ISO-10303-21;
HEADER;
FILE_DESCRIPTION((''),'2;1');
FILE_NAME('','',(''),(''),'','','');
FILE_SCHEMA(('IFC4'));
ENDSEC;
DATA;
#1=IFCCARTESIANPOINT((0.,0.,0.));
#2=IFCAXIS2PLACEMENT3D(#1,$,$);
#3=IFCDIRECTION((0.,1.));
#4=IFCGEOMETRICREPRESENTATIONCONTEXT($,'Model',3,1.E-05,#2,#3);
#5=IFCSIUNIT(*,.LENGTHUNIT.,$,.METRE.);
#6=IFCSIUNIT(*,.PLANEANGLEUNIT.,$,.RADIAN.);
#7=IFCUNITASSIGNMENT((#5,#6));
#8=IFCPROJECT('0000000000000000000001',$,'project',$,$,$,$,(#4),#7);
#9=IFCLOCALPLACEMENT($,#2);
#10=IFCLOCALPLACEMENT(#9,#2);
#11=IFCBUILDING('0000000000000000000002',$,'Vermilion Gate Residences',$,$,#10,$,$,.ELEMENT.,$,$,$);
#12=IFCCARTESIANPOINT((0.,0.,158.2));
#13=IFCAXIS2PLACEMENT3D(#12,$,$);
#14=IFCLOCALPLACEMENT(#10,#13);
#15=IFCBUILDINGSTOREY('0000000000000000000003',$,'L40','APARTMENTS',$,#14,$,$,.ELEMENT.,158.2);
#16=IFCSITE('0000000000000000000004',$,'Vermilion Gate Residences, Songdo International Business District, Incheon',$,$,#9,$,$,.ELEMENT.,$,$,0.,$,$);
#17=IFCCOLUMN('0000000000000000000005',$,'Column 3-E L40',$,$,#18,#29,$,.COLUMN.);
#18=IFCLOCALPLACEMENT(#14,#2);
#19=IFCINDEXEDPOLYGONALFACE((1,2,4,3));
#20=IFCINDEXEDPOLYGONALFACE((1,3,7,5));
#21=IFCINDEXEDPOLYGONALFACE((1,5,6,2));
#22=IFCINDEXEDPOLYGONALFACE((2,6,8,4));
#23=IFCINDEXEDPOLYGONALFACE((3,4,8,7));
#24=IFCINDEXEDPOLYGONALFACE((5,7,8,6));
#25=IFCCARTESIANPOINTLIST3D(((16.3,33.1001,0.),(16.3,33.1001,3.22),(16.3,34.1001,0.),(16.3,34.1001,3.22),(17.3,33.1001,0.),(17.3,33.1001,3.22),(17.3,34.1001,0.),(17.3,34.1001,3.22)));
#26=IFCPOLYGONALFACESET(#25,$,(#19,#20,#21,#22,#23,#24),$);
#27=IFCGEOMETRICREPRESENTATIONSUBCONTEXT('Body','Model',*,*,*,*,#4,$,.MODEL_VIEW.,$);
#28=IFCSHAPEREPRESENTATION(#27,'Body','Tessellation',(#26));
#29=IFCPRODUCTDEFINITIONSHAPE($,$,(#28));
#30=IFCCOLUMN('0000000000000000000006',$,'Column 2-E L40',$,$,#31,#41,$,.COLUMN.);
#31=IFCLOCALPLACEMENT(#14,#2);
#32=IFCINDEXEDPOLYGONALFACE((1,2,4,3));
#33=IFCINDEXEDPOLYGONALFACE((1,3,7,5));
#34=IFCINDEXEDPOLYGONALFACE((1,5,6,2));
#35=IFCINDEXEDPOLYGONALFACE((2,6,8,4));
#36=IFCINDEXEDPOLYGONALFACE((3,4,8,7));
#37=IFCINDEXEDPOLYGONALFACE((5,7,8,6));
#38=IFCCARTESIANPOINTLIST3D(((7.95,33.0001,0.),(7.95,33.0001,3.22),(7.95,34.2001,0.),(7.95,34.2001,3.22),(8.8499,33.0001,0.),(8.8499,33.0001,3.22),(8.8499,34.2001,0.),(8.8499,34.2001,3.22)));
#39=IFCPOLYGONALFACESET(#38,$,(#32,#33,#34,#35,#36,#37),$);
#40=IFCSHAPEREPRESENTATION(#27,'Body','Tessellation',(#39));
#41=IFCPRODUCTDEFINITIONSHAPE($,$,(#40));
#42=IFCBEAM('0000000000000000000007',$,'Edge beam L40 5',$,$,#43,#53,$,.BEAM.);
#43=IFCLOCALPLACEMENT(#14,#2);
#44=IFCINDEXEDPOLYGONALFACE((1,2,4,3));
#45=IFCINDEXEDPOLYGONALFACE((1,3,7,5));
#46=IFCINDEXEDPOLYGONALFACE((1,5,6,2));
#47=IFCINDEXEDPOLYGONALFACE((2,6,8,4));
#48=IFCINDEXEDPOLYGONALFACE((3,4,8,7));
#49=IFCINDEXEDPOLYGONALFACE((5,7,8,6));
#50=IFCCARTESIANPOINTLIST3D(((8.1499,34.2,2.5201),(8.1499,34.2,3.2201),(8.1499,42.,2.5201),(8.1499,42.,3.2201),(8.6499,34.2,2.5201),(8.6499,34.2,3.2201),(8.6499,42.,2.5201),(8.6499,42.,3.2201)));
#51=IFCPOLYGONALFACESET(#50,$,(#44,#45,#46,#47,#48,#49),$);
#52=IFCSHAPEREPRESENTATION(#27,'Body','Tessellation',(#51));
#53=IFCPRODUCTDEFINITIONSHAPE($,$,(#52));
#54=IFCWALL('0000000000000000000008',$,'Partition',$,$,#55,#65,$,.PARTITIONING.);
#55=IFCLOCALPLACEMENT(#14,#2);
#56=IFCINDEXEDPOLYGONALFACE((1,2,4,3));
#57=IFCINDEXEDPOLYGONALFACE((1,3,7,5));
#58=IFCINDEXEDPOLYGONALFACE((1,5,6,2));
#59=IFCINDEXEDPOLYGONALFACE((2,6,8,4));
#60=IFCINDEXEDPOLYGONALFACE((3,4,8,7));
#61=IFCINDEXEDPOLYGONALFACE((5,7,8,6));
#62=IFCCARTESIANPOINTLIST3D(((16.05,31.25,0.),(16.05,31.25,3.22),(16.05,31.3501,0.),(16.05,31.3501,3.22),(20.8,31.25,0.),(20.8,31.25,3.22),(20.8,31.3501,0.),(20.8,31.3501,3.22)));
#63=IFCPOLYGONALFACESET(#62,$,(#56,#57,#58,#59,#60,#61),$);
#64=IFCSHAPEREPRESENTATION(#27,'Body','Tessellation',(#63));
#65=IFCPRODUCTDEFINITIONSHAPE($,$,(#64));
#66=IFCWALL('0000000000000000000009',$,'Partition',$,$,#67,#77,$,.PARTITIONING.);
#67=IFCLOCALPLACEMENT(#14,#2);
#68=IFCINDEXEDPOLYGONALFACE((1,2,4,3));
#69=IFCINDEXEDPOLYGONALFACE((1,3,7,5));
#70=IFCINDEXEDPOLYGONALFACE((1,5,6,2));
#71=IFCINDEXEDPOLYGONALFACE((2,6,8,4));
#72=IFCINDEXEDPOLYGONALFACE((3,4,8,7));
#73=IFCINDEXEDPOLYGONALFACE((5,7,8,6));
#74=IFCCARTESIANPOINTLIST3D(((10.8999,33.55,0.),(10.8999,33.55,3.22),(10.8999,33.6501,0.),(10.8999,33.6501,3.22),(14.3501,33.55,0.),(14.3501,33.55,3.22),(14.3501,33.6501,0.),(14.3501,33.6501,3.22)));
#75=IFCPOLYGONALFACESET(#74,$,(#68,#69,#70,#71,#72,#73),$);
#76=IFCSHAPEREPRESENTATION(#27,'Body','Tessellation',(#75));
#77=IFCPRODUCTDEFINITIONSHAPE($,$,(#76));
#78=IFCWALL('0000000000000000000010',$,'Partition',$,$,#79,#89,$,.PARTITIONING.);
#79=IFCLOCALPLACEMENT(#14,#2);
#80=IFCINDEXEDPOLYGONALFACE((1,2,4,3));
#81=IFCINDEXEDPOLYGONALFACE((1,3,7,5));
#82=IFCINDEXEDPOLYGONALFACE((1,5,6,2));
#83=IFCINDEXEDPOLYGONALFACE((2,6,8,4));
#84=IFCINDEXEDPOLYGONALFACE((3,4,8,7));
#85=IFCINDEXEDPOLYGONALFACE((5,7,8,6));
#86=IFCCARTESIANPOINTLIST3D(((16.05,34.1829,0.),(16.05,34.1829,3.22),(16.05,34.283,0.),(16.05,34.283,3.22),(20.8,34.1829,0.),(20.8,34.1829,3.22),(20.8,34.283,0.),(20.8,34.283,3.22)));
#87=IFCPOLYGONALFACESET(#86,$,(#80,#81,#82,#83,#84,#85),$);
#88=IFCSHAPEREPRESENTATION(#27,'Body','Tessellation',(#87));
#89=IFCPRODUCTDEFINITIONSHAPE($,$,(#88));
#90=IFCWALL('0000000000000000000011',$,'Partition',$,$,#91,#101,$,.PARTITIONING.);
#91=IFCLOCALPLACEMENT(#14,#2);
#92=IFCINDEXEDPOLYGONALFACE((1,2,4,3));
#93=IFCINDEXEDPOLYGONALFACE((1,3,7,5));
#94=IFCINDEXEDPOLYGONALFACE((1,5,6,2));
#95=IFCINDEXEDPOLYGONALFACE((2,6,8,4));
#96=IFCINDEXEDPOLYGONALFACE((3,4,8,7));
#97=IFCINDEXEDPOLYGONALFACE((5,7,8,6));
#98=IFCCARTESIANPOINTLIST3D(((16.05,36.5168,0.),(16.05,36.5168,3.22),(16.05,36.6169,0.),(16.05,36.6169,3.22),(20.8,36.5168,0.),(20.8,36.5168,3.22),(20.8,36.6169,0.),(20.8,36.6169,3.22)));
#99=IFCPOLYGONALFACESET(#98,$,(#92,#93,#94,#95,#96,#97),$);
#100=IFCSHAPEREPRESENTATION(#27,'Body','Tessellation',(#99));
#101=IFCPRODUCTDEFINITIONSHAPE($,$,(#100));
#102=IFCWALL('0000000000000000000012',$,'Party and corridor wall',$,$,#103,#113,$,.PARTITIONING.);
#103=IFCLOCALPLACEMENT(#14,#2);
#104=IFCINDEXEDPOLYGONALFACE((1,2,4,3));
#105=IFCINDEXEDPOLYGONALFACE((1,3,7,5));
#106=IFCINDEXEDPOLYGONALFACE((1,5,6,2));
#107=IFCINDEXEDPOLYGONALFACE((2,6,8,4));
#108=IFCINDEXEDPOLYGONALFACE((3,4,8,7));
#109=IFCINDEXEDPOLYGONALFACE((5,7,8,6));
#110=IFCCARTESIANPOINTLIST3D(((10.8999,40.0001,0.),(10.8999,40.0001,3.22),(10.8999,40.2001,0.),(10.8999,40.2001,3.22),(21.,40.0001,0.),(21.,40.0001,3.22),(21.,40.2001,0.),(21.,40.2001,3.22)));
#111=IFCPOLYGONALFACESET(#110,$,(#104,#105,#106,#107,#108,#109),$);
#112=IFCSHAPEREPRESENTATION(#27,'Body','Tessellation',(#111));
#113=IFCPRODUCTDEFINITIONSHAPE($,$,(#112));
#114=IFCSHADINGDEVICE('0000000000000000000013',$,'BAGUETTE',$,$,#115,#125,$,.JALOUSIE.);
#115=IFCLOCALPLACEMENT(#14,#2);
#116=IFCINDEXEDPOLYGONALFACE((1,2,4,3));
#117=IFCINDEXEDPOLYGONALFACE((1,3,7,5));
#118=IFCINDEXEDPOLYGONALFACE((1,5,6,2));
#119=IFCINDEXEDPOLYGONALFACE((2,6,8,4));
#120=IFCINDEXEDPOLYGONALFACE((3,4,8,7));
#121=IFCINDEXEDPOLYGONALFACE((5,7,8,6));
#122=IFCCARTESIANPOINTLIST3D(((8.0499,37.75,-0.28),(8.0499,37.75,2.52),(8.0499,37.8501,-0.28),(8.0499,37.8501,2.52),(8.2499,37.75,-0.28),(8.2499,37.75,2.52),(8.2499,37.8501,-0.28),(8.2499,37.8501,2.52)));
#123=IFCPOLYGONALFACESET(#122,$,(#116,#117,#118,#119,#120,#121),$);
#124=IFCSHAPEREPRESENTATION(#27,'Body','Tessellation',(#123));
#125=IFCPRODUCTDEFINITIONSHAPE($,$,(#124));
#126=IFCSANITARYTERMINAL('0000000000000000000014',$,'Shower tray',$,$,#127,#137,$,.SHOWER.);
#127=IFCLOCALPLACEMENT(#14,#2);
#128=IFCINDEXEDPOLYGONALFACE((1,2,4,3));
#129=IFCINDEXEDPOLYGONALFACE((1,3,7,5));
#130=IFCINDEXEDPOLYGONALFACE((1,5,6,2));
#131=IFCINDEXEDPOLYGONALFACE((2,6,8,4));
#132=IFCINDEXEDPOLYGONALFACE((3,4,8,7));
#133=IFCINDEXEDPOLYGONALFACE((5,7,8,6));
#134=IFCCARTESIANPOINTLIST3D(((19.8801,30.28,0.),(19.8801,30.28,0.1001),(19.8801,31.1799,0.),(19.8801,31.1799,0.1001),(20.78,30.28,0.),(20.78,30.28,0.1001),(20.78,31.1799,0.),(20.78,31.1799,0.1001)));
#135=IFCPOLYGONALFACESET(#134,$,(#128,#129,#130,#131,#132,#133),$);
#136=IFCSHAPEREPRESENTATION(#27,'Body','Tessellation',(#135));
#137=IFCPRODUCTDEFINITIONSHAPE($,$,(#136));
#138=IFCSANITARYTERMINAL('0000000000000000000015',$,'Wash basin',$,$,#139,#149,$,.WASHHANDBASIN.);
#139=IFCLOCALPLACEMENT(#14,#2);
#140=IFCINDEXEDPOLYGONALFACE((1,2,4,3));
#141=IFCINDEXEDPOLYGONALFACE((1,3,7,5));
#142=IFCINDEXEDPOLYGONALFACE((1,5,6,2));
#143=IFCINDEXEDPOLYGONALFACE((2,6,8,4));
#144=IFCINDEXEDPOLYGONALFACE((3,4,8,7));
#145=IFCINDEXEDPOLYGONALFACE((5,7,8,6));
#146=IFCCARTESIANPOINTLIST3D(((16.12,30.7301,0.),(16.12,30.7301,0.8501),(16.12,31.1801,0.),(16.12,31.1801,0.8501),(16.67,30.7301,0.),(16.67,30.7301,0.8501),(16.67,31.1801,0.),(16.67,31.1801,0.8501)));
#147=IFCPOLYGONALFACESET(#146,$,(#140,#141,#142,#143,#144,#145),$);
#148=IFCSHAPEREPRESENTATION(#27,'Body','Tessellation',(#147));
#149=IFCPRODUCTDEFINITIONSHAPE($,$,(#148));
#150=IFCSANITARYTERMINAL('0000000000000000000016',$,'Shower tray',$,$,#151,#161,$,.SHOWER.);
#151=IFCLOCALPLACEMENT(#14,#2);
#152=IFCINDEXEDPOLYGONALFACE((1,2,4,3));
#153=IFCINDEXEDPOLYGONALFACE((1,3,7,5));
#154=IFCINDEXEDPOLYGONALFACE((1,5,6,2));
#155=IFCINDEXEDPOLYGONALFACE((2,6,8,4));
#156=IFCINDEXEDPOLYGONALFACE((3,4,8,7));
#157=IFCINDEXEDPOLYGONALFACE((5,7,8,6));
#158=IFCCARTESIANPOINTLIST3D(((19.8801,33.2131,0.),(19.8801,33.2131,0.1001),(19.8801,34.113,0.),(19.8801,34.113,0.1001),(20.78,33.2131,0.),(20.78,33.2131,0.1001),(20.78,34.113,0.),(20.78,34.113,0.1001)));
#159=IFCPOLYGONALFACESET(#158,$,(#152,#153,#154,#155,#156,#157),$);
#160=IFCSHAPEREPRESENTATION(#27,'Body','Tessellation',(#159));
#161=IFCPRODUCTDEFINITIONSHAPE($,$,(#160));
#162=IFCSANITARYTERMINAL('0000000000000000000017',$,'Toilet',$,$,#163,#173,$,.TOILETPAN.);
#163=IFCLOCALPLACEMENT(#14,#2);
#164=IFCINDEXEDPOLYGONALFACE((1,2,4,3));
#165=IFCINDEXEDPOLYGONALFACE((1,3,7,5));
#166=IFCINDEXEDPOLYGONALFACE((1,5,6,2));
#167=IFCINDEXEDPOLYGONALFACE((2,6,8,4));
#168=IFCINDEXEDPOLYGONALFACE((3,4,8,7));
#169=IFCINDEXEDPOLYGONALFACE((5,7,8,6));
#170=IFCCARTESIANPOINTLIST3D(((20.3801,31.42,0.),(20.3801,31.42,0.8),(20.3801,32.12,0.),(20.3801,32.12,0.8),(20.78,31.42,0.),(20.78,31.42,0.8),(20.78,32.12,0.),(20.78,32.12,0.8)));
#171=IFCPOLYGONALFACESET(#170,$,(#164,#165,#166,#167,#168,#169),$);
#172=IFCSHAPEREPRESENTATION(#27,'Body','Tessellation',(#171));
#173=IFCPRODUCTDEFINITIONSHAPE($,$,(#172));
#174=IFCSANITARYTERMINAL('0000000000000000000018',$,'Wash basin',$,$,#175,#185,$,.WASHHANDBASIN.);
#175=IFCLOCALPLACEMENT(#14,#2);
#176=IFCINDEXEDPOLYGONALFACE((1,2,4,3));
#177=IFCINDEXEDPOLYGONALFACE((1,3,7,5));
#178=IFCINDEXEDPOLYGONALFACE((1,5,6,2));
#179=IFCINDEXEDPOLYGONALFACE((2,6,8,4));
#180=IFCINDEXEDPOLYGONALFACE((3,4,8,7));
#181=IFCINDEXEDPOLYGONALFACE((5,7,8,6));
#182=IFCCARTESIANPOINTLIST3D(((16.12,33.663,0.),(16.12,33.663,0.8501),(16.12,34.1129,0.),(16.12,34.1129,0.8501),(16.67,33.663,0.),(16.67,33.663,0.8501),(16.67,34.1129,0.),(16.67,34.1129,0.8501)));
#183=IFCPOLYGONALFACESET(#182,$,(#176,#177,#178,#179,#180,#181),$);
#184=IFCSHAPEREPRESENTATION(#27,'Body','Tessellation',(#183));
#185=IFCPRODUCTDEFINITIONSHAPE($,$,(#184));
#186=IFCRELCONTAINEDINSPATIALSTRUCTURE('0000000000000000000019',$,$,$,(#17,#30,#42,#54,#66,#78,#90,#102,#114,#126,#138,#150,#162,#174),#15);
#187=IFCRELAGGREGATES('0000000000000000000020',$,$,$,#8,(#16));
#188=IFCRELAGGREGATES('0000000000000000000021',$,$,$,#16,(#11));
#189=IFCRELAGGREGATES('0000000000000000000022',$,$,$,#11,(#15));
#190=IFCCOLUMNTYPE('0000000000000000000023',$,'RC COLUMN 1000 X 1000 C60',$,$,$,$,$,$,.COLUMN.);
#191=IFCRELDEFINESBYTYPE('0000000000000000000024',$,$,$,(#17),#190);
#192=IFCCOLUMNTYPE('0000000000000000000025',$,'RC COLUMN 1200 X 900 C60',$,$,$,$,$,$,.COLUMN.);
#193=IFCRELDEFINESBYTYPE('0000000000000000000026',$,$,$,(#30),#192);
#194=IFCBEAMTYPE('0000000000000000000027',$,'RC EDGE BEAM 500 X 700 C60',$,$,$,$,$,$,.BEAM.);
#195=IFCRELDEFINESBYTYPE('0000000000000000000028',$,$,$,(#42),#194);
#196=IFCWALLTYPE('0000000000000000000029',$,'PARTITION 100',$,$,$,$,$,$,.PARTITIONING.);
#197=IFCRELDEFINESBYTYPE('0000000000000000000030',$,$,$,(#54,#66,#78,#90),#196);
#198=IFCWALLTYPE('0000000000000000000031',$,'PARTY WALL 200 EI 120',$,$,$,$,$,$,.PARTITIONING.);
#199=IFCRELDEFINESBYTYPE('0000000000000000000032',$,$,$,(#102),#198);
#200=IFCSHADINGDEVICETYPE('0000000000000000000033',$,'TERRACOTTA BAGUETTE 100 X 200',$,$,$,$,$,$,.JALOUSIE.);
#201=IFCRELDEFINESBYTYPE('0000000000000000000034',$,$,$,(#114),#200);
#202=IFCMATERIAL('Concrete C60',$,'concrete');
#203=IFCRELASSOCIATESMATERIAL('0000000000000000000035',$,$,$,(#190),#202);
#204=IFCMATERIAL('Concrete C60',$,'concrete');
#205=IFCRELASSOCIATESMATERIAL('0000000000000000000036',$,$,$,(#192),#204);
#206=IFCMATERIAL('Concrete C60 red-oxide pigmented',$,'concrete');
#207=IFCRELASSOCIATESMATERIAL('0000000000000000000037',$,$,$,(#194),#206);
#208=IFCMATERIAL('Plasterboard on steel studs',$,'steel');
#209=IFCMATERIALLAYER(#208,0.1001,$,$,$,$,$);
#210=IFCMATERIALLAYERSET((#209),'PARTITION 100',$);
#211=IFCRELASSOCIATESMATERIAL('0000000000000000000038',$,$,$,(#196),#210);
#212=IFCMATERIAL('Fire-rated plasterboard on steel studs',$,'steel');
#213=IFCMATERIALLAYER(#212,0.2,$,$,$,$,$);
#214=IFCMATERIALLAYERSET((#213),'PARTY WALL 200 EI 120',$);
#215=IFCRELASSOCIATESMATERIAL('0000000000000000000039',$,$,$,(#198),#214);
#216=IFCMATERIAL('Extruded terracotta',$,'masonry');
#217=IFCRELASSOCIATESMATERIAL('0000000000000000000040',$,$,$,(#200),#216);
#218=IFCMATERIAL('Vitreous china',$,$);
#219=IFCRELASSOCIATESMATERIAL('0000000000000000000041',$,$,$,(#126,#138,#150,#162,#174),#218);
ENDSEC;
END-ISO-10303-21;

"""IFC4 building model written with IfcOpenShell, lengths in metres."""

from ifc_helpers import new_model, si_unit, direction, frame, frame_2d, origin, origin_2d, place, context, subcontext, project, spatial, rectangle, extrude, material, layer, layer_set, material_profile, profile_set, type_object, element, save


model = new_model("IFC4")

# Units and contexts
model_context = context("Model", 3, precision=1e-05, world=origin(), true_north=direction((0.0, 1.0)))
body_context = subcontext(model_context, "Body", "Model", "MODEL_VIEW")
ifc_project = project(units=[si_unit("LENGTHUNIT", "METRE"), si_unit("PLANEANGLEUNIT", "RADIAN")], contexts=[model_context])

# Site, building, storey
site_placement = place(None, origin())
site = spatial("IfcSite", under=ifc_project, at=site_placement, Name="Vermilion Gate Residences, Songdo International Business District, Incheon", CompositionType="ELEMENT", RefElevation=0.0)
building_placement = place(site_placement, origin())
building = spatial("IfcBuilding", under=site, at=building_placement, Name="Vermilion Gate Residences", CompositionType="ELEMENT")
storey_placement = place(building_placement, frame((0.0, 0.0, 158.2)))
storey = spatial("IfcBuildingStorey", under=building, at=storey_placement, Name="L40", Description="APARTMENTS", CompositionType="ELEMENT", Elevation=158.2)

# Columns
ifc_material_1 = material(Name="Concrete C60", Category="concrete")
ifc_material_profile_1 = material_profile(ifc_material_1, rectangle(XDim=1.0, YDim=1.0, at=origin_2d()), Name="RC-1000x1000")
ifc_profile_set_1 = profile_set([ifc_material_profile_1], Name="Concrete C60")
column_type_1 = type_object("IfcColumnType", Name="RC COLUMN 1000 X 1000 C60", PredefinedType="COLUMN", material=ifc_profile_set_1)
column_1_placement = place(storey_placement, frame((16.8, 33.6001, 0.0), z_axis=(0.0, 0.0, 1.0), x_axis=(1.0, 0.0, 0.0)))
element("IfcColumn", 1, at=column_1_placement, inside=storey, type_object=column_type_1, Name="Column 3-E L40", PredefinedType="COLUMN", context=body_context, shape_type="SweptSolid", body=[
    extrude(rectangle(XDim=1.0, YDim=1.0, at=origin_2d()), origin(), (0.0, 0.0, 1.0), 3.22),
])
ifc_material_2 = material(Name="Concrete C60", Category="concrete")
ifc_material_profile_2 = material_profile(ifc_material_2, rectangle(XDim=1.2, YDim=0.8999, at=origin_2d()), Name="RC-1200x900")
ifc_profile_set_2 = profile_set([ifc_material_profile_2], Name="Concrete C60")
column_type_2 = type_object("IfcColumnType", Name="RC COLUMN 1200 X 900 C60", PredefinedType="COLUMN", material=ifc_profile_set_2)
column_2_placement = place(storey_placement, frame((8.3999, 33.6001, 0.0), z_axis=(0.0, 0.0, 1.0), x_axis=(0.0, 1.0, 0.0)))
element("IfcColumn", 2, at=column_2_placement, inside=storey, type_object=column_type_2, Name="Column 2-E L40", PredefinedType="COLUMN", context=body_context, shape_type="SweptSolid", body=[
    extrude(rectangle(XDim=1.2, YDim=0.8999, at=origin_2d()), origin(), (0.0, 0.0, 1.0), 3.22),
])

# Beam
ifc_material_3 = material(Name="Concrete C60 red-oxide pigmented", Category="concrete")
ifc_material_profile_3 = material_profile(ifc_material_3, rectangle(XDim=0.5, YDim=0.7, at=origin_2d()), Name="RC-500x700")
ifc_profile_set_3 = profile_set([ifc_material_profile_3], Name="Concrete C60 red-oxide pigmented")
beam_type = type_object("IfcBeamType", Name="RC EDGE BEAM 500 X 700 C60", PredefinedType="BEAM", material=ifc_profile_set_3)
beam_placement = place(storey_placement, frame((8.3999, 34.2, 2.8701), z_axis=(0.0, 1.0, 0.0), x_axis=(-1.0, 0.0, 0.0)))
element("IfcBeam", 3, at=beam_placement, inside=storey, type_object=beam_type, Name="Edge beam L40 5", PredefinedType="BEAM", context=body_context, shape_type="SweptSolid", body=[
    extrude(rectangle(XDim=0.5, YDim=0.7, at=origin_2d()), origin(), (0.0, 0.0, 1.0), 7.8),
])

# Walls
ifc_material_4 = material(Name="Plasterboard on steel studs", Category="steel")
ifc_layer_1 = layer(ifc_material_4, 0.1001)
ifc_layer_set_1 = layer_set([ifc_layer_1], Name="PARTITION 100")
wall_type_1 = type_object("IfcWallType", Name="PARTITION 100", PredefinedType="PARTITIONING", material=ifc_layer_set_1)
wall_1_placement = place(storey_placement, frame((16.05, 31.3, 0.0), z_axis=(0.0, 0.0, 1.0), x_axis=(1.0, 0.0, 0.0)))
element("IfcWall", 4, at=wall_1_placement, inside=storey, type_object=wall_type_1, Name="Partition", PredefinedType="PARTITIONING", context=body_context, shape_type="SweptSolid", body=[
    extrude(rectangle(XDim=4.75, YDim=0.1001, at=frame_2d((2.375, 0.0))), origin(), (0.0, 0.0, 1.0), 3.22),
])
wall_2_placement = place(storey_placement, frame((10.8999, 33.6001, 0.0), z_axis=(0.0, 0.0, 1.0), x_axis=(1.0, 0.0, 0.0)))
element("IfcWall", 5, at=wall_2_placement, inside=storey, type_object=wall_type_1, Name="Partition", PredefinedType="PARTITIONING", context=body_context, shape_type="SweptSolid", body=[
    extrude(rectangle(XDim=3.4502, YDim=0.1001, at=frame_2d((1.7251, 0.0))), origin(), (0.0, 0.0, 1.0), 3.22),
])
for number, where, z_axis, x_axis, name in (
    (6, (16.05, 34.2329, 0.0), (0.0, 0.0, 1.0), (1.0, 0.0, 0.0), "Partition"),
    (7, (16.05, 36.5669, 0.0), (0.0, 0.0, 1.0), (1.0, 0.0, 0.0), "Partition"),
):
    element("IfcWall", number, at=place(storey_placement, frame(where, z_axis=z_axis, x_axis=x_axis)), inside=storey, type_object=wall_type_1, Name=name, PredefinedType="PARTITIONING", context=body_context, shape_type="SweptSolid", body=[
        extrude(rectangle(XDim=4.75, YDim=0.1001, at=frame_2d((2.375, 0.0))), origin(), (0.0, 0.0, 1.0), 3.22),
    ])
ifc_material_5 = material(Name="Fire-rated plasterboard on steel studs", Category="steel")
ifc_layer_2 = layer(ifc_material_5, 0.2)
ifc_layer_set_2 = layer_set([ifc_layer_2], Name="PARTY WALL 200 EI 120")
wall_type_2 = type_object("IfcWallType", Name="PARTY WALL 200 EI 120", PredefinedType="PARTITIONING", material=ifc_layer_set_2)
wall_3_placement = place(storey_placement, frame((10.8999, 40.1001, 0.0), z_axis=(0.0, 0.0, 1.0), x_axis=(1.0, 0.0, 0.0)))
element("IfcWall", 8, at=wall_3_placement, inside=storey, type_object=wall_type_2, Name="Party and corridor wall", PredefinedType="PARTITIONING", context=body_context, shape_type="SweptSolid", body=[
    extrude(rectangle(XDim=10.1001, YDim=0.2, at=frame_2d((5.05, 0.0))), origin(), (0.0, 0.0, 1.0), 3.22),
])

# Shading device
ifc_material_6 = material(Name="Extruded terracotta", Category="masonry")
ifc_material_profile_4 = material_profile(ifc_material_6, rectangle(XDim=0.2, YDim=0.1001, at=origin_2d()), Name="BAGUETTE 100 X 200")
ifc_profile_set_4 = profile_set([ifc_material_profile_4], Name="Extruded terracotta")
shading_device_type = type_object("IfcShadingDeviceType", Name="TERRACOTTA BAGUETTE 100 X 200", PredefinedType="JALOUSIE", material=ifc_profile_set_4)
shading_device_placement = place(storey_placement, frame((8.1499, 37.8, -0.28), z_axis=(0.0, 0.0, 1.0), x_axis=(1.0, 0.0, 0.0)))
element("IfcShadingDevice", 9, at=shading_device_placement, inside=storey, type_object=shading_device_type, Name="BAGUETTE", PredefinedType="JALOUSIE", context=body_context, shape_type="SweptSolid", body=[
    extrude(rectangle(XDim=0.2, YDim=0.1001, at=origin_2d()), origin(), (0.0, 0.0, 1.0), 2.8),
])

# Sanitary terminals
ifc_material_7 = material(Name="Vitreous china")
sanitary_terminal_1_placement = place(storey_placement, frame((20.3301, 30.73, 0.0), z_axis=(0.0, 0.0, 1.0), x_axis=(1.0, 0.0, 0.0)))
element("IfcSanitaryTerminal", 10, at=sanitary_terminal_1_placement, inside=storey, material=ifc_material_7, Name="Shower tray", PredefinedType="SHOWER", context=body_context, shape_type="SweptSolid", body=[
    extrude(rectangle(XDim=0.8999, YDim=0.8999, at=origin_2d()), origin(), (0.0, 0.0, 1.0), 0.1001),
])
sanitary_terminal_2_placement = place(storey_placement, frame((16.395, 30.9551, 0.0), z_axis=(0.0, 0.0, 1.0), x_axis=(1.0, 0.0, 0.0)))
element("IfcSanitaryTerminal", 11, at=sanitary_terminal_2_placement, inside=storey, material=ifc_material_7, Name="Wash basin", PredefinedType="WASHHANDBASIN", context=body_context, shape_type="SweptSolid", body=[
    extrude(rectangle(XDim=0.55, YDim=0.45, at=origin_2d()), origin(), (0.0, 0.0, 1.0), 0.8501),
])
sanitary_terminal_3_placement = place(storey_placement, frame((20.3301, 33.6631, 0.0), z_axis=(0.0, 0.0, 1.0), x_axis=(1.0, 0.0, 0.0)))
element("IfcSanitaryTerminal", 12, at=sanitary_terminal_3_placement, inside=storey, material=ifc_material_7, Name="Shower tray", PredefinedType="SHOWER", context=body_context, shape_type="SweptSolid", body=[
    extrude(rectangle(XDim=0.8999, YDim=0.8999, at=origin_2d()), origin(), (0.0, 0.0, 1.0), 0.1001),
])
sanitary_terminal_4_placement = place(storey_placement, frame((20.5801, 31.77, 0.0), z_axis=(0.0, 0.0, 1.0), x_axis=(1.0, 0.0, 0.0)))
element("IfcSanitaryTerminal", 13, at=sanitary_terminal_4_placement, inside=storey, material=ifc_material_7, Name="Toilet", PredefinedType="TOILETPAN", context=body_context, shape_type="SweptSolid", body=[
    extrude(rectangle(XDim=0.3999, YDim=0.7, at=origin_2d()), origin(), (0.0, 0.0, 1.0), 0.8),
])
sanitary_terminal_5_placement = place(storey_placement, frame((16.395, 33.8879, 0.0), z_axis=(0.0, 0.0, 1.0), x_axis=(1.0, 0.0, 0.0)))
element("IfcSanitaryTerminal", 14, at=sanitary_terminal_5_placement, inside=storey, material=ifc_material_7, Name="Wash basin", PredefinedType="WASHHANDBASIN", context=body_context, shape_type="SweptSolid", body=[
    extrude(rectangle(XDim=0.55, YDim=0.45, at=origin_2d()), origin(), (0.0, 0.0, 1.0), 0.8501),
])

save(model, "model.ifc")
